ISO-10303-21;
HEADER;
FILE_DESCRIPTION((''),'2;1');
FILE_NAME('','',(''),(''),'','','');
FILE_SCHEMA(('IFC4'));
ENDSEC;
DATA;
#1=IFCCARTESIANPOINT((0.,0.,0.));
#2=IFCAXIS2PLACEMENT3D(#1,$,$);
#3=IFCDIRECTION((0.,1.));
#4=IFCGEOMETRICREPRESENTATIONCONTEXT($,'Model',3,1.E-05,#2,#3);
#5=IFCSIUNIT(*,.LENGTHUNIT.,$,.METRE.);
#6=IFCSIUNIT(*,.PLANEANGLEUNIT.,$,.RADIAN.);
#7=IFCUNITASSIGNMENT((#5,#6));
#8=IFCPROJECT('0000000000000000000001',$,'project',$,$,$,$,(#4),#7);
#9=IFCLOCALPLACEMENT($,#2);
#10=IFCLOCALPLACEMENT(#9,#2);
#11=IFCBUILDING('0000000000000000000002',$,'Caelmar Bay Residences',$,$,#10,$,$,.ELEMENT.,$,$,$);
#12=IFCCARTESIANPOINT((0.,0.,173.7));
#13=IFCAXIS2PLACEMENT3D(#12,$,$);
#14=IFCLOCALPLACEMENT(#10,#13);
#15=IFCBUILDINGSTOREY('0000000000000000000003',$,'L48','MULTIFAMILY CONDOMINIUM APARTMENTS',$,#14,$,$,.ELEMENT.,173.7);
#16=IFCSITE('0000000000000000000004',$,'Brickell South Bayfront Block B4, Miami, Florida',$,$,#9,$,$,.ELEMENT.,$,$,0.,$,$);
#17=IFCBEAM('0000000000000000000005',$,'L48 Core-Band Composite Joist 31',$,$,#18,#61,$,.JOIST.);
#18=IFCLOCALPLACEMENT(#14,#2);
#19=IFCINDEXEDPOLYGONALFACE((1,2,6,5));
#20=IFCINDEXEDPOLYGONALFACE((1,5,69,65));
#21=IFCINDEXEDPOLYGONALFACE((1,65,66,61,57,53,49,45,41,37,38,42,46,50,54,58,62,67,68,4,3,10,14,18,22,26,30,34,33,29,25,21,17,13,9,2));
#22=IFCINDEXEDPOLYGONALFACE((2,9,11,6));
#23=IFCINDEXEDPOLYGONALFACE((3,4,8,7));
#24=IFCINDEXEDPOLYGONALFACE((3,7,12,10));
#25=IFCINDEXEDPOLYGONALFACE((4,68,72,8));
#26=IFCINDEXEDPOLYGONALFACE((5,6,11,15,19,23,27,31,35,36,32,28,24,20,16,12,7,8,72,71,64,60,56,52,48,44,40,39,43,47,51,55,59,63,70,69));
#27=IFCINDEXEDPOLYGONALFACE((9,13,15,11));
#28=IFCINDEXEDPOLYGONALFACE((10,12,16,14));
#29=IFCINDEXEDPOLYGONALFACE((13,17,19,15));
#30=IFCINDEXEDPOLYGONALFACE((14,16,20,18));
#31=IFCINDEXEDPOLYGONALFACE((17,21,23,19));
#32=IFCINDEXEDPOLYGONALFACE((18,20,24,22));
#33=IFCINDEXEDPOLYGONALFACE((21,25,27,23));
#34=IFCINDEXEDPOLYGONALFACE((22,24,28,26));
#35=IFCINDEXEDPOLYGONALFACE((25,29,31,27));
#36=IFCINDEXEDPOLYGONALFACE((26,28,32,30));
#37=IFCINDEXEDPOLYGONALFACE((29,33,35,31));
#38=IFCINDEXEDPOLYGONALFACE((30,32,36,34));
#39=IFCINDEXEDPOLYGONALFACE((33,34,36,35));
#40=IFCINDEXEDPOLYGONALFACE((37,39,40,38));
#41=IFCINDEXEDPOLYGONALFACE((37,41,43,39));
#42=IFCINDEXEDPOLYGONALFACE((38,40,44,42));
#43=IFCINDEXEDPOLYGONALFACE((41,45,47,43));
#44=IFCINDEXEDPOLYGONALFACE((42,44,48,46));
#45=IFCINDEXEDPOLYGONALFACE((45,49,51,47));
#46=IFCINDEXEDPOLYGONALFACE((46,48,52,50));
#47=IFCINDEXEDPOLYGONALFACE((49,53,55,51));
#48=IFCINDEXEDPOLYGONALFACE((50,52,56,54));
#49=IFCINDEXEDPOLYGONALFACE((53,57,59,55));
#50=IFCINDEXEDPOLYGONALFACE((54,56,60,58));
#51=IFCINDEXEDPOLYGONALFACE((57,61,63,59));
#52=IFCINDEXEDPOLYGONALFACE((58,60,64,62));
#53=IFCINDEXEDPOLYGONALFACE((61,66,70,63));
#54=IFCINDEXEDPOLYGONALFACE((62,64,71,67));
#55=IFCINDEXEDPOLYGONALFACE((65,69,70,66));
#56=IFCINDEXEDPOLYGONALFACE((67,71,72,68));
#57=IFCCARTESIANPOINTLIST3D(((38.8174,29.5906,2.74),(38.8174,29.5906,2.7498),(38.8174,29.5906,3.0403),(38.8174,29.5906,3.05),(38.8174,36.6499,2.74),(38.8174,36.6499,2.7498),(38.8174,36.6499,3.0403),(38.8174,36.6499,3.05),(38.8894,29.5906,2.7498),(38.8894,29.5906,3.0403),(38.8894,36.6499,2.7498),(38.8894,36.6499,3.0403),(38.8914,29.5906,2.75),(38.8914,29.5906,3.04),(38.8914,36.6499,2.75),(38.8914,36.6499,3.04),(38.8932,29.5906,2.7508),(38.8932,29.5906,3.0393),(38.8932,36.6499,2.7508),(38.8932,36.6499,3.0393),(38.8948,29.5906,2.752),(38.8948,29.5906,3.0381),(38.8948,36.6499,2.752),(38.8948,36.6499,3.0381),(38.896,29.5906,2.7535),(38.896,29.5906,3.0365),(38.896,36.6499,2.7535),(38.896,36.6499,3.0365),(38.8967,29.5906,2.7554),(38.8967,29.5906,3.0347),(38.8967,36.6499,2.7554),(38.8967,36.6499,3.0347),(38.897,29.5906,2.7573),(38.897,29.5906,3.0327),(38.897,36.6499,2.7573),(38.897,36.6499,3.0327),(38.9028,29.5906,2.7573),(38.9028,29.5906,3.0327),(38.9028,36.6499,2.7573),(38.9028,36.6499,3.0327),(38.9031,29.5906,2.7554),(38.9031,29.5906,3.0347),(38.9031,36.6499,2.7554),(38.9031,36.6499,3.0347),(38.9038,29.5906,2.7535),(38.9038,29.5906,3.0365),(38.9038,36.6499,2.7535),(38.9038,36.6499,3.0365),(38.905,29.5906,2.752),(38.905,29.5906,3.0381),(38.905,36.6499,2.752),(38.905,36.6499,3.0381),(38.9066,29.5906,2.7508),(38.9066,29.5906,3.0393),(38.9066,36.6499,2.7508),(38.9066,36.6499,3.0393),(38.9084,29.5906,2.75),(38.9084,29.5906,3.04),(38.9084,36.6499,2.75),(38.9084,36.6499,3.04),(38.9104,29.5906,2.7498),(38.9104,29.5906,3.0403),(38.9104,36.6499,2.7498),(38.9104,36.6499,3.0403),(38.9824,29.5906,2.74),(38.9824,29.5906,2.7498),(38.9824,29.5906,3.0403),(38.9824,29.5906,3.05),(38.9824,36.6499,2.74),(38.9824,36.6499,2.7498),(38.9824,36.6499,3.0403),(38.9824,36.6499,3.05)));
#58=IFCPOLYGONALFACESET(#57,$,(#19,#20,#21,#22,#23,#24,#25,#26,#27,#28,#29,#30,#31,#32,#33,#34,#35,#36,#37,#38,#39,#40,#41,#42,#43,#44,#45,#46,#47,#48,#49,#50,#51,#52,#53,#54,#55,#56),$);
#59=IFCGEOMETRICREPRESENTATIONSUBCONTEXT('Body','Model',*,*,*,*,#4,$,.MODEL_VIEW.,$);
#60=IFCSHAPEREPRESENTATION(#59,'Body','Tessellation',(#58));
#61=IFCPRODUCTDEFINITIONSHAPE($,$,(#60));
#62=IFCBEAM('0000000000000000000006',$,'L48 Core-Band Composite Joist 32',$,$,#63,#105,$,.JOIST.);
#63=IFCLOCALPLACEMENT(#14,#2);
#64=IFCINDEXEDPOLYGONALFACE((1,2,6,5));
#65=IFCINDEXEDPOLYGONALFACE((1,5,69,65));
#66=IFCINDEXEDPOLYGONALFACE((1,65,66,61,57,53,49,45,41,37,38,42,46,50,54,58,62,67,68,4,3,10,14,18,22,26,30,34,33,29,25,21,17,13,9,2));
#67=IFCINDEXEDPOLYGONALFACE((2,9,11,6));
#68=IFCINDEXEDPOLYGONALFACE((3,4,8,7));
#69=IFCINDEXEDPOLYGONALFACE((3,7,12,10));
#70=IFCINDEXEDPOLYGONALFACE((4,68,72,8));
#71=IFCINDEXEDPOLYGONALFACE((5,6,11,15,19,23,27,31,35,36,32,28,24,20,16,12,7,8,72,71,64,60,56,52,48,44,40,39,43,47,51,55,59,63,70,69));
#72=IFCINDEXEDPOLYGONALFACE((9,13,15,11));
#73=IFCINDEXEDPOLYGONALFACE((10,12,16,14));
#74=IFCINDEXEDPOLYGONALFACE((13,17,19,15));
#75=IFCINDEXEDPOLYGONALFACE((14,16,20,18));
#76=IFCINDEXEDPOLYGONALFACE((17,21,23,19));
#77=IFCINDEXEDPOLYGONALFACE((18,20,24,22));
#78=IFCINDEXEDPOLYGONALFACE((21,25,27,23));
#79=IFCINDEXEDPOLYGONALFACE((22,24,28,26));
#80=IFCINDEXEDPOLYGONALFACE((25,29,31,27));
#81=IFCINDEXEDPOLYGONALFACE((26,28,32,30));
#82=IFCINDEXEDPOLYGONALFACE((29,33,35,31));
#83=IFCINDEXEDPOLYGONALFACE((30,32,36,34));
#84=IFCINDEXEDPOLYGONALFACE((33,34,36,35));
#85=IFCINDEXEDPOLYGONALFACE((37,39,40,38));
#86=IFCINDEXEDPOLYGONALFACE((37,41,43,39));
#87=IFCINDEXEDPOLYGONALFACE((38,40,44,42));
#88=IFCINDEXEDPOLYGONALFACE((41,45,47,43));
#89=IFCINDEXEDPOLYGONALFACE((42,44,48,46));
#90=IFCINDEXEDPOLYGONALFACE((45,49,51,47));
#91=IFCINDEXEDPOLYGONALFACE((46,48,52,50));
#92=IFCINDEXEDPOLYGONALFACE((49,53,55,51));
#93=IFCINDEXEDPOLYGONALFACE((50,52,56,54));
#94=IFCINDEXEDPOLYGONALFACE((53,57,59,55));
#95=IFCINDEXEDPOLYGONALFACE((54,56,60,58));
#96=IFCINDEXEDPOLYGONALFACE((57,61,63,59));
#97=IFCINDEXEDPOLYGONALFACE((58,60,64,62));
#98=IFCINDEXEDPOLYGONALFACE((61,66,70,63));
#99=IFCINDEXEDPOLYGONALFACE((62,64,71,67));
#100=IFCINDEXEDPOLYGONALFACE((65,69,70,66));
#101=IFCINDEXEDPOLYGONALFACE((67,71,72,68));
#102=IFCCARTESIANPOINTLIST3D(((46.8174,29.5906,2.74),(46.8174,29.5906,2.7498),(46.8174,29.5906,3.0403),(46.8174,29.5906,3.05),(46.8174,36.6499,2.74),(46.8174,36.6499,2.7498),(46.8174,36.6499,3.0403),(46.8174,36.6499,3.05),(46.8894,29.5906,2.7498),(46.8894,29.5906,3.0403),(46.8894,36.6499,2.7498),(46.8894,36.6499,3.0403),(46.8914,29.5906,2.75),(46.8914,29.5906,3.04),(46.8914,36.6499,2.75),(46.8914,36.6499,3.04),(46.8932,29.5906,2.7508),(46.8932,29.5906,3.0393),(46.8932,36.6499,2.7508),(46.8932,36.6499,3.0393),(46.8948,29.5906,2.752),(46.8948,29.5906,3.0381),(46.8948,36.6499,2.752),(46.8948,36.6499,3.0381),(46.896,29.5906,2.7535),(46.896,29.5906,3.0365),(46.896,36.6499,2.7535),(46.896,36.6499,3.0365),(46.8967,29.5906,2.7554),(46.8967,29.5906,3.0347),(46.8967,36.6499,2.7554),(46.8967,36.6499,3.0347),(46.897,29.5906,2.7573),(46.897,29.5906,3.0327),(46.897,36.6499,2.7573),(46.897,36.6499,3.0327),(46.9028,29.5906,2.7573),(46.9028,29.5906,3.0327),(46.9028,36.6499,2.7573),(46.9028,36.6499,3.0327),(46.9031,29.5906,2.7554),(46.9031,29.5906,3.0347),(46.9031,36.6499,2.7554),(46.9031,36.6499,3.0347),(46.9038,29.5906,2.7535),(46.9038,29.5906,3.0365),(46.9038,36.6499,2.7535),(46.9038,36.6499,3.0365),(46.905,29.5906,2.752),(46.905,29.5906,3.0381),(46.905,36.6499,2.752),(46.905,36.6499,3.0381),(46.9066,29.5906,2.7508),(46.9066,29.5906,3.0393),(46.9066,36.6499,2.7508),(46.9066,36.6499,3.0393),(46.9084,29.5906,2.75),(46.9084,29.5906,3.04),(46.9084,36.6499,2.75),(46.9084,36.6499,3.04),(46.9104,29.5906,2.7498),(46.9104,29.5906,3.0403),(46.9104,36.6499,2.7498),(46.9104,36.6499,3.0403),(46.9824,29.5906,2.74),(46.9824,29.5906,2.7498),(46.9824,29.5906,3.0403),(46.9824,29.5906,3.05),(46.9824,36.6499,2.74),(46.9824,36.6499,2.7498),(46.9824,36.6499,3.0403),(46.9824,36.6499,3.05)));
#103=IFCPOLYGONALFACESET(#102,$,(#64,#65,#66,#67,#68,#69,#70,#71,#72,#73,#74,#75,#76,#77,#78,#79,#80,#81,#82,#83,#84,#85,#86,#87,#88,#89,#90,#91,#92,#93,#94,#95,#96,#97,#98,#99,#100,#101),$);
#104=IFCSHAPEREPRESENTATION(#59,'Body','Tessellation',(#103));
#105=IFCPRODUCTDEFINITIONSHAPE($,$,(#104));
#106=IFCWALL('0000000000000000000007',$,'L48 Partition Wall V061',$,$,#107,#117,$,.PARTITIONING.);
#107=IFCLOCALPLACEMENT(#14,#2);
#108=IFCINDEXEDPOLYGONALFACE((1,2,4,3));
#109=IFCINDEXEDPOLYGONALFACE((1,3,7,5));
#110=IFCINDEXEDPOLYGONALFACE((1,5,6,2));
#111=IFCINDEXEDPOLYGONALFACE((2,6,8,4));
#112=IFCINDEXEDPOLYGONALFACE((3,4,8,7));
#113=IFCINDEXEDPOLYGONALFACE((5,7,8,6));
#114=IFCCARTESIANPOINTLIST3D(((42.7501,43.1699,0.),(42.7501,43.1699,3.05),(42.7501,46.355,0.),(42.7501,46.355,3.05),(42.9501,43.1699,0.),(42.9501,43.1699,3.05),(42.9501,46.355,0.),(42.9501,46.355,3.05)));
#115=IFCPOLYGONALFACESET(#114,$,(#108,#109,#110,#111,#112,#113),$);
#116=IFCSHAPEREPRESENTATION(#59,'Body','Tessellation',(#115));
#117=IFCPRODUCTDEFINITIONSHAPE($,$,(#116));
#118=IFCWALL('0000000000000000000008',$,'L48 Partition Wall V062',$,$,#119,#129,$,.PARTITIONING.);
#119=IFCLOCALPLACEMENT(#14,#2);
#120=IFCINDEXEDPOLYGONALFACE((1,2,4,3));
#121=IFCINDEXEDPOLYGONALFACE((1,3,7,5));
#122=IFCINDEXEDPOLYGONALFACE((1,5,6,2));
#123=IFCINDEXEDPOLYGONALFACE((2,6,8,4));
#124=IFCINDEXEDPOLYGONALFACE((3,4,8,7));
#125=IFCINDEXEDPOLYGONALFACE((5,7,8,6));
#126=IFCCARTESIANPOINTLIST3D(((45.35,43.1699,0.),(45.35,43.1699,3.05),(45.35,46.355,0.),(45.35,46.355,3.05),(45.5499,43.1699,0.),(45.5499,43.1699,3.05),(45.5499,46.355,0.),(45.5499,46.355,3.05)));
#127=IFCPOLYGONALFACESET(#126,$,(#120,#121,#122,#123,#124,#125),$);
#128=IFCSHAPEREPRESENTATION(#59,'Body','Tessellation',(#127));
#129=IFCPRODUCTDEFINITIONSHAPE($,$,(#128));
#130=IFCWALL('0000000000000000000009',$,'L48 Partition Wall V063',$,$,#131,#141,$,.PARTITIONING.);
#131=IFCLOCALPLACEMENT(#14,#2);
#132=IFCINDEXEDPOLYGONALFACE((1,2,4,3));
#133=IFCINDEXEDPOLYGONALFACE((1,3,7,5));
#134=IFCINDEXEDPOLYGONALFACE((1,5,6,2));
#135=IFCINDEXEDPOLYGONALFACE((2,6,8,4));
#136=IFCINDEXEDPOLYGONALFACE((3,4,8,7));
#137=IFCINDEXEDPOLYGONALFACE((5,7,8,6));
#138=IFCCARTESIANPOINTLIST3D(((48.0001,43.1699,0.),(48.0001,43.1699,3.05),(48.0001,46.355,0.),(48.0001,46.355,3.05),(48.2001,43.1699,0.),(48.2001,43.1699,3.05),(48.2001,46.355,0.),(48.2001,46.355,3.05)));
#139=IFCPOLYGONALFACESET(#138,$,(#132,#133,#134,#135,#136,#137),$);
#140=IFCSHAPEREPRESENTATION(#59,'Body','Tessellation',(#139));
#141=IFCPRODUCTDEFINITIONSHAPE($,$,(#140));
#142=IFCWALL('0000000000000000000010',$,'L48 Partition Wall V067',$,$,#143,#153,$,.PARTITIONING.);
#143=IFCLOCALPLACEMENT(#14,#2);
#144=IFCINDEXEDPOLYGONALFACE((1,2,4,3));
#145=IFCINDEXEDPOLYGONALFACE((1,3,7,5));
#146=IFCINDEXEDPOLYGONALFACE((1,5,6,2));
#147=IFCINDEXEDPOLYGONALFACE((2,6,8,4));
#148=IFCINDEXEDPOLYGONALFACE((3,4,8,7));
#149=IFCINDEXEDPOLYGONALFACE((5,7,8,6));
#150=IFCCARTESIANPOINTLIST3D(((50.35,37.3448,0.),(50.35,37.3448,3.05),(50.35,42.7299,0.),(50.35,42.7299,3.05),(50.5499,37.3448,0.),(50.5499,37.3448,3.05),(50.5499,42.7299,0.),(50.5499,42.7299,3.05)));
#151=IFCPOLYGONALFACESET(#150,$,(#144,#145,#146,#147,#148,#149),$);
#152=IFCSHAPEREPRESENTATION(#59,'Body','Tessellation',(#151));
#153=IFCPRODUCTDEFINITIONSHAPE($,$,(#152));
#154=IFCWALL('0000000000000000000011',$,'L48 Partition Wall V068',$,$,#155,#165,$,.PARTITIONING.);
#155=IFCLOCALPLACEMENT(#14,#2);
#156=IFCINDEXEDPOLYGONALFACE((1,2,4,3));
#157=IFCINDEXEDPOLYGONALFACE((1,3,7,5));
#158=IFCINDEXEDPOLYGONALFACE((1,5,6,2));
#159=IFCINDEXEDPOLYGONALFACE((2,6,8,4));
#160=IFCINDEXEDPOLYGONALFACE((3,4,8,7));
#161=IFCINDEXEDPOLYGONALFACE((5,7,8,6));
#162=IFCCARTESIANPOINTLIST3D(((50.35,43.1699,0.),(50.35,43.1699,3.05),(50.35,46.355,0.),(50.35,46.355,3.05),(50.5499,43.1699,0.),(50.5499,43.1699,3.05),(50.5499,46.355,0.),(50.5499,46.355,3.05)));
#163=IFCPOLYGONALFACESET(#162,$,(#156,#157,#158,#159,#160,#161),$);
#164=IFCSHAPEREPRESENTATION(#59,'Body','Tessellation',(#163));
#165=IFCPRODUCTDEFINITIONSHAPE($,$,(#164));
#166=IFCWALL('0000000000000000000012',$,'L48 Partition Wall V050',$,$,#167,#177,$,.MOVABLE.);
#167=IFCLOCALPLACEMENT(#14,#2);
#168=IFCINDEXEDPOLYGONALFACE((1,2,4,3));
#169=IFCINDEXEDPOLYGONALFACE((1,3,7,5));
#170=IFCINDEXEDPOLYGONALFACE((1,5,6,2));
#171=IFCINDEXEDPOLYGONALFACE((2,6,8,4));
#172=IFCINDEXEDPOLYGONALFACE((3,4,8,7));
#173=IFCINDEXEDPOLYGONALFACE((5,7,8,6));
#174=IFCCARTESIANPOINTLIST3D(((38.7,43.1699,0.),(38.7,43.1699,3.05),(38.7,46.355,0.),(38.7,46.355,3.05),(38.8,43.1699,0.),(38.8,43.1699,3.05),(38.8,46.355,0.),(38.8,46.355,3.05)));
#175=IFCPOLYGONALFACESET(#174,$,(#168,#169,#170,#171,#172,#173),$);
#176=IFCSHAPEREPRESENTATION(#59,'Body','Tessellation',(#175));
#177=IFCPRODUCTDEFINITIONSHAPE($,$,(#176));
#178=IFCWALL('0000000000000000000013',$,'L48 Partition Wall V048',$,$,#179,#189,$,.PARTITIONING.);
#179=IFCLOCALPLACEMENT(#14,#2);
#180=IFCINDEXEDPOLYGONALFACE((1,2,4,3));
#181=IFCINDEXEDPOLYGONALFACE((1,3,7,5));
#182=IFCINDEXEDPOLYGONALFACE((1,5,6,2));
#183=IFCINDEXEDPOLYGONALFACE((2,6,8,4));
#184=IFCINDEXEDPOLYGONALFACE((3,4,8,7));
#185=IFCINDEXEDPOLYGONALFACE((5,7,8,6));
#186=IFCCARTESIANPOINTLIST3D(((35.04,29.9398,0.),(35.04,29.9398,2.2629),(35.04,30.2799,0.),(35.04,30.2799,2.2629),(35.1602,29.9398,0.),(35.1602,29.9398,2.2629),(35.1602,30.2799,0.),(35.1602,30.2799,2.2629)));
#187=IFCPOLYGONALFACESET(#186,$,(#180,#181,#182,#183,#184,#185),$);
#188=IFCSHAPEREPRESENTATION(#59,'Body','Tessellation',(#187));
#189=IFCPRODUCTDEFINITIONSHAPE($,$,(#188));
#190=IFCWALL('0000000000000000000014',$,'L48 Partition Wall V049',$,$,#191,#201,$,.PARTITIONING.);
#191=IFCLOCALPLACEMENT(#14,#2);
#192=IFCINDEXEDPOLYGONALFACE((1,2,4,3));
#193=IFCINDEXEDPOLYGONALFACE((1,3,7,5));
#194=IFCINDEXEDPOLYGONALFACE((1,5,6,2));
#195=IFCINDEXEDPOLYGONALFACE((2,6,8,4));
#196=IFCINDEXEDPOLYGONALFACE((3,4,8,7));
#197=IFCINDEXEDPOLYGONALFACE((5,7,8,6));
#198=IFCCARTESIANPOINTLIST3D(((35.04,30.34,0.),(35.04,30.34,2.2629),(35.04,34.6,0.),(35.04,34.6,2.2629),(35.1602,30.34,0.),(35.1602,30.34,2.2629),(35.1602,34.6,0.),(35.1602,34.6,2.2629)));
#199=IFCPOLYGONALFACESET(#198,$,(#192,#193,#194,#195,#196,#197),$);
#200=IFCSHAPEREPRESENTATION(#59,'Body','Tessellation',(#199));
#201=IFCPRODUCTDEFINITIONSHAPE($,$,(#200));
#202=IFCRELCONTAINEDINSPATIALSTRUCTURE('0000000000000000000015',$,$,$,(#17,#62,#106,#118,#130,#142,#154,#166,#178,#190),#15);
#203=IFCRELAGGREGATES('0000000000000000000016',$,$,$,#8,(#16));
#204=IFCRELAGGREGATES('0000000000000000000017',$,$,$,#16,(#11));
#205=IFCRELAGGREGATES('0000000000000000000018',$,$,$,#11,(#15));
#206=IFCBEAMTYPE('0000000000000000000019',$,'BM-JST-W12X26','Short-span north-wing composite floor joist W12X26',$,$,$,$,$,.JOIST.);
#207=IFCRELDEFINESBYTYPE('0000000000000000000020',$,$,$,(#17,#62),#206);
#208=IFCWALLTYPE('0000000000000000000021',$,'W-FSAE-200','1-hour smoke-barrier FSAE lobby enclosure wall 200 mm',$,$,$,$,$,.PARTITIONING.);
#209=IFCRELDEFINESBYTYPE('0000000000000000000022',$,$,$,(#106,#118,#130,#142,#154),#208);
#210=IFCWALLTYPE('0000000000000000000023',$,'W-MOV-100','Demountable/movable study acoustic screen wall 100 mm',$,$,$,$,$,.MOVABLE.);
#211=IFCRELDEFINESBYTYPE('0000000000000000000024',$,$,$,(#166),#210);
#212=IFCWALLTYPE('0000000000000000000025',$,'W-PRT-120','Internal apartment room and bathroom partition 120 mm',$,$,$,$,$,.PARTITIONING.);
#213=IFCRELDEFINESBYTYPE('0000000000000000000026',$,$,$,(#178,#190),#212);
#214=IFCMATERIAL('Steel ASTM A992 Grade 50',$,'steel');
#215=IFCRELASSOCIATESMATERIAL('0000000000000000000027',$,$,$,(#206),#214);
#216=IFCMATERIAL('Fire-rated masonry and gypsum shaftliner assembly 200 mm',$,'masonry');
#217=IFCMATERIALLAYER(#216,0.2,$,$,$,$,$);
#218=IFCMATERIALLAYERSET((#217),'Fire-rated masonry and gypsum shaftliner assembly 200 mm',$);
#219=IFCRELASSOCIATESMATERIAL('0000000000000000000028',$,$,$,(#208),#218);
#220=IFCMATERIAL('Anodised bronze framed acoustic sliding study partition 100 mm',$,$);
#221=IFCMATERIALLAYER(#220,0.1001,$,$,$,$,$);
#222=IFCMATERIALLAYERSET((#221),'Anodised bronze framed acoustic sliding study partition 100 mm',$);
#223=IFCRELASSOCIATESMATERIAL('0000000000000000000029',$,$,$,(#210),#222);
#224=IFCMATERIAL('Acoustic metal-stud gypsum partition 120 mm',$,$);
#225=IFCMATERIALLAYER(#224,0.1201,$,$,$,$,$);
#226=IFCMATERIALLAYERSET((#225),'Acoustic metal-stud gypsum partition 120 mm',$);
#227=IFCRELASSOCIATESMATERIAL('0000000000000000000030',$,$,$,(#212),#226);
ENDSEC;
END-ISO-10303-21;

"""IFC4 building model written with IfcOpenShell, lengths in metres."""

from ifc_helpers import new_model, si_unit, direction, frame, frame_2d, origin, origin_2d, place, context, subcontext, project, spatial, rectangle, i_section, extrude, material, layer, layer_set, material_profile, profile_set, type_object, element, save


model = new_model("IFC4")

# Units and contexts
model_context = context("Model", 3, precision=1e-05, world=origin(), true_north=direction((0.0, 1.0)))
body_context = subcontext(model_context, "Body", "Model", "MODEL_VIEW")
ifc_project = project(units=[si_unit("LENGTHUNIT", "METRE"), si_unit("PLANEANGLEUNIT", "RADIAN")], contexts=[model_context])

# Site, building, storey
site_placement = place(None, origin())
site = spatial("IfcSite", under=ifc_project, at=site_placement, Name="Brickell South Bayfront Block B4, Miami, Florida", CompositionType="ELEMENT", RefElevation=0.0)
building_placement = place(site_placement, origin())
building = spatial("IfcBuilding", under=site, at=building_placement, Name="Caelmar Bay Residences", CompositionType="ELEMENT")
storey_placement = place(building_placement, frame((0.0, 0.0, 173.7)))
storey = spatial("IfcBuildingStorey", under=building, at=storey_placement, Name="L48", Description="MULTIFAMILY CONDOMINIUM APARTMENTS", CompositionType="ELEMENT", Elevation=173.7)

# Beams
ifc_material_1 = material(Name="Steel ASTM A992 Grade 50", Category="steel")
ifc_material_profile_1 = material_profile(ifc_material_1, i_section(OverallWidth=0.165, OverallDepth=0.3101, WebThickness=0.0059, FlangeThickness=0.0098, FilletRadius=0.0076, at=origin_2d()), Name="W12X26")
ifc_profile_set_1 = profile_set([ifc_material_profile_1], Name="Steel ASTM A992 Grade 50")
beam_type_1 = type_object("IfcBeamType", Name="BM-JST-W12X26", Description="Short-span north-wing composite floor joist W12X26", PredefinedType="JOIST", material=ifc_profile_set_1)
for number, where, z_axis, x_axis, name in (
    (1, (38.8999, 29.5906, 2.895), (0.0, 1.0, 0.0), (-1.0, 0.0, 0.0), "L48 Core-Band Composite Joist 31"),
    (2, (46.8999, 29.5906, 2.895), (0.0, 1.0, 0.0), (-1.0, 0.0, 0.0), "L48 Core-Band Composite Joist 32"),
):
    element("IfcBeam", number, at=place(storey_placement, frame(where, z_axis=z_axis, x_axis=x_axis)), inside=storey, type_object=beam_type_1, Name=name, PredefinedType="JOIST", context=body_context, shape_type="SweptSolid", body=[
        extrude(i_section(OverallWidth=0.165, OverallDepth=0.3101, WebThickness=0.0059, FlangeThickness=0.0098, FilletRadius=0.0076, at=origin_2d()), origin(), (0.0, 0.0, 1.0), 7.0593),
    ])

# Walls
ifc_material_2 = material(Name="Fire-rated masonry and gypsum shaftliner assembly 200 mm", Category="masonry")
ifc_layer_1 = layer(ifc_material_2, 0.2)
ifc_layer_set_1 = layer_set([ifc_layer_1], Name="Fire-rated masonry and gypsum shaftliner assembly 200 mm")
wall_type_1 = type_object("IfcWallType", Name="W-FSAE-200", Description="1-hour smoke-barrier FSAE lobby enclosure wall 200 mm", PredefinedType="PARTITIONING", material=ifc_layer_set_1)
for number, where, z_axis, x_axis, name in (
    (3, (42.8501, 43.1699, 0.0), (0.0, 0.0, 1.0), (0.0, 1.0, 0.0), "L48 Partition Wall V061"),
    (4, (45.45, 43.1699, 0.0), (0.0, 0.0, 1.0), (0.0, 1.0, 0.0), "L48 Partition Wall V062"),
    (5, (48.1001, 43.1699, 0.0), (0.0, 0.0, 1.0), (0.0, 1.0, 0.0), "L48 Partition Wall V063"),
):
    element("IfcWall", number, at=place(storey_placement, frame(where, z_axis=z_axis, x_axis=x_axis)), inside=storey, type_object=wall_type_1, Name=name, PredefinedType="PARTITIONING", context=body_context, shape_type="SweptSolid", body=[
        extrude(rectangle(XDim=3.1851, YDim=0.2, at=frame_2d((1.5925, 0.0))), origin(), (0.0, 0.0, 1.0), 3.05),
    ])
wall_1_placement = place(storey_placement, frame((50.45, 37.345, 0.0), z_axis=(0.0, 0.0, 1.0), x_axis=(0.0, 1.0, 0.0)))
element("IfcWall", 6, at=wall_1_placement, inside=storey, type_object=wall_type_1, Name="L48 Partition Wall V067", PredefinedType="PARTITIONING", context=body_context, shape_type="SweptSolid", body=[
    extrude(rectangle(XDim=5.385, YDim=0.2, at=frame_2d((2.6924, 0.0))), origin(), (0.0, 0.0, 1.0), 3.05),
])
wall_2_placement = place(storey_placement, frame((50.45, 43.1699, 0.0), z_axis=(0.0, 0.0, 1.0), x_axis=(0.0, 1.0, 0.0)))
element("IfcWall", 7, at=wall_2_placement, inside=storey, type_object=wall_type_1, Name="L48 Partition Wall V068", PredefinedType="PARTITIONING", context=body_context, shape_type="SweptSolid", body=[
    extrude(rectangle(XDim=3.1851, YDim=0.2, at=frame_2d((1.5925, 0.0))), origin(), (0.0, 0.0, 1.0), 3.05),
])
ifc_material_3 = material(Name="Anodised bronze framed acoustic sliding study partition 100 mm")
ifc_layer_2 = layer(ifc_material_3, 0.1001)
ifc_layer_set_2 = layer_set([ifc_layer_2], Name="Anodised bronze framed acoustic sliding study partition 100 mm")
wall_type_2 = type_object("IfcWallType", Name="W-MOV-100", Description="Demountable/movable study acoustic screen wall 100 mm", PredefinedType="MOVABLE", material=ifc_layer_set_2)
wall_3_placement = place(storey_placement, frame((38.75, 43.1699, 0.0), z_axis=(0.0, 0.0, 1.0), x_axis=(0.0, 1.0, 0.0)))
element("IfcWall", 8, at=wall_3_placement, inside=storey, type_object=wall_type_2, Name="L48 Partition Wall V050", PredefinedType="MOVABLE", context=body_context, shape_type="SweptSolid", body=[
    extrude(rectangle(XDim=3.1851, YDim=0.1001, at=frame_2d((1.5925, 0.0))), origin(), (0.0, 0.0, 1.0), 3.05),
])
ifc_material_4 = material(Name="Acoustic metal-stud gypsum partition 120 mm")
ifc_layer_3 = layer(ifc_material_4, 0.1201)
ifc_layer_set_3 = layer_set([ifc_layer_3], Name="Acoustic metal-stud gypsum partition 120 mm")
wall_type_3 = type_object("IfcWallType", Name="W-PRT-120", Description="Internal apartment room and bathroom partition 120 mm", PredefinedType="PARTITIONING", material=ifc_layer_set_3)
wall_4_placement = place(storey_placement, frame((35.1001, 29.9399, 0.0), z_axis=(0.0, 0.0, 1.0), x_axis=(0.0, 1.0, 0.0)))
element("IfcWall", 9, at=wall_4_placement, inside=storey, type_object=wall_type_3, Name="L48 Partition Wall V048", PredefinedType="PARTITIONING", context=body_context, shape_type="SweptSolid", body=[
    extrude(rectangle(XDim=0.3401, YDim=0.1201, at=frame_2d((0.1699, 0.0))), origin(), (0.0, 0.0, 1.0), 2.2629),
])
wall_5_placement = place(storey_placement, frame((35.1001, 30.3401, 0.0), z_axis=(0.0, 0.0, 1.0), x_axis=(0.0, 1.0, 0.0)))
element("IfcWall", 10, at=wall_5_placement, inside=storey, type_object=wall_type_3, Name="L48 Partition Wall V049", PredefinedType="PARTITIONING", context=body_context, shape_type="SweptSolid", body=[
    extrude(rectangle(XDim=4.26, YDim=0.1201, at=frame_2d((2.1299, 0.0))), origin(), (0.0, 0.0, 1.0), 2.2629),
])

save(model, "model.ifc")
